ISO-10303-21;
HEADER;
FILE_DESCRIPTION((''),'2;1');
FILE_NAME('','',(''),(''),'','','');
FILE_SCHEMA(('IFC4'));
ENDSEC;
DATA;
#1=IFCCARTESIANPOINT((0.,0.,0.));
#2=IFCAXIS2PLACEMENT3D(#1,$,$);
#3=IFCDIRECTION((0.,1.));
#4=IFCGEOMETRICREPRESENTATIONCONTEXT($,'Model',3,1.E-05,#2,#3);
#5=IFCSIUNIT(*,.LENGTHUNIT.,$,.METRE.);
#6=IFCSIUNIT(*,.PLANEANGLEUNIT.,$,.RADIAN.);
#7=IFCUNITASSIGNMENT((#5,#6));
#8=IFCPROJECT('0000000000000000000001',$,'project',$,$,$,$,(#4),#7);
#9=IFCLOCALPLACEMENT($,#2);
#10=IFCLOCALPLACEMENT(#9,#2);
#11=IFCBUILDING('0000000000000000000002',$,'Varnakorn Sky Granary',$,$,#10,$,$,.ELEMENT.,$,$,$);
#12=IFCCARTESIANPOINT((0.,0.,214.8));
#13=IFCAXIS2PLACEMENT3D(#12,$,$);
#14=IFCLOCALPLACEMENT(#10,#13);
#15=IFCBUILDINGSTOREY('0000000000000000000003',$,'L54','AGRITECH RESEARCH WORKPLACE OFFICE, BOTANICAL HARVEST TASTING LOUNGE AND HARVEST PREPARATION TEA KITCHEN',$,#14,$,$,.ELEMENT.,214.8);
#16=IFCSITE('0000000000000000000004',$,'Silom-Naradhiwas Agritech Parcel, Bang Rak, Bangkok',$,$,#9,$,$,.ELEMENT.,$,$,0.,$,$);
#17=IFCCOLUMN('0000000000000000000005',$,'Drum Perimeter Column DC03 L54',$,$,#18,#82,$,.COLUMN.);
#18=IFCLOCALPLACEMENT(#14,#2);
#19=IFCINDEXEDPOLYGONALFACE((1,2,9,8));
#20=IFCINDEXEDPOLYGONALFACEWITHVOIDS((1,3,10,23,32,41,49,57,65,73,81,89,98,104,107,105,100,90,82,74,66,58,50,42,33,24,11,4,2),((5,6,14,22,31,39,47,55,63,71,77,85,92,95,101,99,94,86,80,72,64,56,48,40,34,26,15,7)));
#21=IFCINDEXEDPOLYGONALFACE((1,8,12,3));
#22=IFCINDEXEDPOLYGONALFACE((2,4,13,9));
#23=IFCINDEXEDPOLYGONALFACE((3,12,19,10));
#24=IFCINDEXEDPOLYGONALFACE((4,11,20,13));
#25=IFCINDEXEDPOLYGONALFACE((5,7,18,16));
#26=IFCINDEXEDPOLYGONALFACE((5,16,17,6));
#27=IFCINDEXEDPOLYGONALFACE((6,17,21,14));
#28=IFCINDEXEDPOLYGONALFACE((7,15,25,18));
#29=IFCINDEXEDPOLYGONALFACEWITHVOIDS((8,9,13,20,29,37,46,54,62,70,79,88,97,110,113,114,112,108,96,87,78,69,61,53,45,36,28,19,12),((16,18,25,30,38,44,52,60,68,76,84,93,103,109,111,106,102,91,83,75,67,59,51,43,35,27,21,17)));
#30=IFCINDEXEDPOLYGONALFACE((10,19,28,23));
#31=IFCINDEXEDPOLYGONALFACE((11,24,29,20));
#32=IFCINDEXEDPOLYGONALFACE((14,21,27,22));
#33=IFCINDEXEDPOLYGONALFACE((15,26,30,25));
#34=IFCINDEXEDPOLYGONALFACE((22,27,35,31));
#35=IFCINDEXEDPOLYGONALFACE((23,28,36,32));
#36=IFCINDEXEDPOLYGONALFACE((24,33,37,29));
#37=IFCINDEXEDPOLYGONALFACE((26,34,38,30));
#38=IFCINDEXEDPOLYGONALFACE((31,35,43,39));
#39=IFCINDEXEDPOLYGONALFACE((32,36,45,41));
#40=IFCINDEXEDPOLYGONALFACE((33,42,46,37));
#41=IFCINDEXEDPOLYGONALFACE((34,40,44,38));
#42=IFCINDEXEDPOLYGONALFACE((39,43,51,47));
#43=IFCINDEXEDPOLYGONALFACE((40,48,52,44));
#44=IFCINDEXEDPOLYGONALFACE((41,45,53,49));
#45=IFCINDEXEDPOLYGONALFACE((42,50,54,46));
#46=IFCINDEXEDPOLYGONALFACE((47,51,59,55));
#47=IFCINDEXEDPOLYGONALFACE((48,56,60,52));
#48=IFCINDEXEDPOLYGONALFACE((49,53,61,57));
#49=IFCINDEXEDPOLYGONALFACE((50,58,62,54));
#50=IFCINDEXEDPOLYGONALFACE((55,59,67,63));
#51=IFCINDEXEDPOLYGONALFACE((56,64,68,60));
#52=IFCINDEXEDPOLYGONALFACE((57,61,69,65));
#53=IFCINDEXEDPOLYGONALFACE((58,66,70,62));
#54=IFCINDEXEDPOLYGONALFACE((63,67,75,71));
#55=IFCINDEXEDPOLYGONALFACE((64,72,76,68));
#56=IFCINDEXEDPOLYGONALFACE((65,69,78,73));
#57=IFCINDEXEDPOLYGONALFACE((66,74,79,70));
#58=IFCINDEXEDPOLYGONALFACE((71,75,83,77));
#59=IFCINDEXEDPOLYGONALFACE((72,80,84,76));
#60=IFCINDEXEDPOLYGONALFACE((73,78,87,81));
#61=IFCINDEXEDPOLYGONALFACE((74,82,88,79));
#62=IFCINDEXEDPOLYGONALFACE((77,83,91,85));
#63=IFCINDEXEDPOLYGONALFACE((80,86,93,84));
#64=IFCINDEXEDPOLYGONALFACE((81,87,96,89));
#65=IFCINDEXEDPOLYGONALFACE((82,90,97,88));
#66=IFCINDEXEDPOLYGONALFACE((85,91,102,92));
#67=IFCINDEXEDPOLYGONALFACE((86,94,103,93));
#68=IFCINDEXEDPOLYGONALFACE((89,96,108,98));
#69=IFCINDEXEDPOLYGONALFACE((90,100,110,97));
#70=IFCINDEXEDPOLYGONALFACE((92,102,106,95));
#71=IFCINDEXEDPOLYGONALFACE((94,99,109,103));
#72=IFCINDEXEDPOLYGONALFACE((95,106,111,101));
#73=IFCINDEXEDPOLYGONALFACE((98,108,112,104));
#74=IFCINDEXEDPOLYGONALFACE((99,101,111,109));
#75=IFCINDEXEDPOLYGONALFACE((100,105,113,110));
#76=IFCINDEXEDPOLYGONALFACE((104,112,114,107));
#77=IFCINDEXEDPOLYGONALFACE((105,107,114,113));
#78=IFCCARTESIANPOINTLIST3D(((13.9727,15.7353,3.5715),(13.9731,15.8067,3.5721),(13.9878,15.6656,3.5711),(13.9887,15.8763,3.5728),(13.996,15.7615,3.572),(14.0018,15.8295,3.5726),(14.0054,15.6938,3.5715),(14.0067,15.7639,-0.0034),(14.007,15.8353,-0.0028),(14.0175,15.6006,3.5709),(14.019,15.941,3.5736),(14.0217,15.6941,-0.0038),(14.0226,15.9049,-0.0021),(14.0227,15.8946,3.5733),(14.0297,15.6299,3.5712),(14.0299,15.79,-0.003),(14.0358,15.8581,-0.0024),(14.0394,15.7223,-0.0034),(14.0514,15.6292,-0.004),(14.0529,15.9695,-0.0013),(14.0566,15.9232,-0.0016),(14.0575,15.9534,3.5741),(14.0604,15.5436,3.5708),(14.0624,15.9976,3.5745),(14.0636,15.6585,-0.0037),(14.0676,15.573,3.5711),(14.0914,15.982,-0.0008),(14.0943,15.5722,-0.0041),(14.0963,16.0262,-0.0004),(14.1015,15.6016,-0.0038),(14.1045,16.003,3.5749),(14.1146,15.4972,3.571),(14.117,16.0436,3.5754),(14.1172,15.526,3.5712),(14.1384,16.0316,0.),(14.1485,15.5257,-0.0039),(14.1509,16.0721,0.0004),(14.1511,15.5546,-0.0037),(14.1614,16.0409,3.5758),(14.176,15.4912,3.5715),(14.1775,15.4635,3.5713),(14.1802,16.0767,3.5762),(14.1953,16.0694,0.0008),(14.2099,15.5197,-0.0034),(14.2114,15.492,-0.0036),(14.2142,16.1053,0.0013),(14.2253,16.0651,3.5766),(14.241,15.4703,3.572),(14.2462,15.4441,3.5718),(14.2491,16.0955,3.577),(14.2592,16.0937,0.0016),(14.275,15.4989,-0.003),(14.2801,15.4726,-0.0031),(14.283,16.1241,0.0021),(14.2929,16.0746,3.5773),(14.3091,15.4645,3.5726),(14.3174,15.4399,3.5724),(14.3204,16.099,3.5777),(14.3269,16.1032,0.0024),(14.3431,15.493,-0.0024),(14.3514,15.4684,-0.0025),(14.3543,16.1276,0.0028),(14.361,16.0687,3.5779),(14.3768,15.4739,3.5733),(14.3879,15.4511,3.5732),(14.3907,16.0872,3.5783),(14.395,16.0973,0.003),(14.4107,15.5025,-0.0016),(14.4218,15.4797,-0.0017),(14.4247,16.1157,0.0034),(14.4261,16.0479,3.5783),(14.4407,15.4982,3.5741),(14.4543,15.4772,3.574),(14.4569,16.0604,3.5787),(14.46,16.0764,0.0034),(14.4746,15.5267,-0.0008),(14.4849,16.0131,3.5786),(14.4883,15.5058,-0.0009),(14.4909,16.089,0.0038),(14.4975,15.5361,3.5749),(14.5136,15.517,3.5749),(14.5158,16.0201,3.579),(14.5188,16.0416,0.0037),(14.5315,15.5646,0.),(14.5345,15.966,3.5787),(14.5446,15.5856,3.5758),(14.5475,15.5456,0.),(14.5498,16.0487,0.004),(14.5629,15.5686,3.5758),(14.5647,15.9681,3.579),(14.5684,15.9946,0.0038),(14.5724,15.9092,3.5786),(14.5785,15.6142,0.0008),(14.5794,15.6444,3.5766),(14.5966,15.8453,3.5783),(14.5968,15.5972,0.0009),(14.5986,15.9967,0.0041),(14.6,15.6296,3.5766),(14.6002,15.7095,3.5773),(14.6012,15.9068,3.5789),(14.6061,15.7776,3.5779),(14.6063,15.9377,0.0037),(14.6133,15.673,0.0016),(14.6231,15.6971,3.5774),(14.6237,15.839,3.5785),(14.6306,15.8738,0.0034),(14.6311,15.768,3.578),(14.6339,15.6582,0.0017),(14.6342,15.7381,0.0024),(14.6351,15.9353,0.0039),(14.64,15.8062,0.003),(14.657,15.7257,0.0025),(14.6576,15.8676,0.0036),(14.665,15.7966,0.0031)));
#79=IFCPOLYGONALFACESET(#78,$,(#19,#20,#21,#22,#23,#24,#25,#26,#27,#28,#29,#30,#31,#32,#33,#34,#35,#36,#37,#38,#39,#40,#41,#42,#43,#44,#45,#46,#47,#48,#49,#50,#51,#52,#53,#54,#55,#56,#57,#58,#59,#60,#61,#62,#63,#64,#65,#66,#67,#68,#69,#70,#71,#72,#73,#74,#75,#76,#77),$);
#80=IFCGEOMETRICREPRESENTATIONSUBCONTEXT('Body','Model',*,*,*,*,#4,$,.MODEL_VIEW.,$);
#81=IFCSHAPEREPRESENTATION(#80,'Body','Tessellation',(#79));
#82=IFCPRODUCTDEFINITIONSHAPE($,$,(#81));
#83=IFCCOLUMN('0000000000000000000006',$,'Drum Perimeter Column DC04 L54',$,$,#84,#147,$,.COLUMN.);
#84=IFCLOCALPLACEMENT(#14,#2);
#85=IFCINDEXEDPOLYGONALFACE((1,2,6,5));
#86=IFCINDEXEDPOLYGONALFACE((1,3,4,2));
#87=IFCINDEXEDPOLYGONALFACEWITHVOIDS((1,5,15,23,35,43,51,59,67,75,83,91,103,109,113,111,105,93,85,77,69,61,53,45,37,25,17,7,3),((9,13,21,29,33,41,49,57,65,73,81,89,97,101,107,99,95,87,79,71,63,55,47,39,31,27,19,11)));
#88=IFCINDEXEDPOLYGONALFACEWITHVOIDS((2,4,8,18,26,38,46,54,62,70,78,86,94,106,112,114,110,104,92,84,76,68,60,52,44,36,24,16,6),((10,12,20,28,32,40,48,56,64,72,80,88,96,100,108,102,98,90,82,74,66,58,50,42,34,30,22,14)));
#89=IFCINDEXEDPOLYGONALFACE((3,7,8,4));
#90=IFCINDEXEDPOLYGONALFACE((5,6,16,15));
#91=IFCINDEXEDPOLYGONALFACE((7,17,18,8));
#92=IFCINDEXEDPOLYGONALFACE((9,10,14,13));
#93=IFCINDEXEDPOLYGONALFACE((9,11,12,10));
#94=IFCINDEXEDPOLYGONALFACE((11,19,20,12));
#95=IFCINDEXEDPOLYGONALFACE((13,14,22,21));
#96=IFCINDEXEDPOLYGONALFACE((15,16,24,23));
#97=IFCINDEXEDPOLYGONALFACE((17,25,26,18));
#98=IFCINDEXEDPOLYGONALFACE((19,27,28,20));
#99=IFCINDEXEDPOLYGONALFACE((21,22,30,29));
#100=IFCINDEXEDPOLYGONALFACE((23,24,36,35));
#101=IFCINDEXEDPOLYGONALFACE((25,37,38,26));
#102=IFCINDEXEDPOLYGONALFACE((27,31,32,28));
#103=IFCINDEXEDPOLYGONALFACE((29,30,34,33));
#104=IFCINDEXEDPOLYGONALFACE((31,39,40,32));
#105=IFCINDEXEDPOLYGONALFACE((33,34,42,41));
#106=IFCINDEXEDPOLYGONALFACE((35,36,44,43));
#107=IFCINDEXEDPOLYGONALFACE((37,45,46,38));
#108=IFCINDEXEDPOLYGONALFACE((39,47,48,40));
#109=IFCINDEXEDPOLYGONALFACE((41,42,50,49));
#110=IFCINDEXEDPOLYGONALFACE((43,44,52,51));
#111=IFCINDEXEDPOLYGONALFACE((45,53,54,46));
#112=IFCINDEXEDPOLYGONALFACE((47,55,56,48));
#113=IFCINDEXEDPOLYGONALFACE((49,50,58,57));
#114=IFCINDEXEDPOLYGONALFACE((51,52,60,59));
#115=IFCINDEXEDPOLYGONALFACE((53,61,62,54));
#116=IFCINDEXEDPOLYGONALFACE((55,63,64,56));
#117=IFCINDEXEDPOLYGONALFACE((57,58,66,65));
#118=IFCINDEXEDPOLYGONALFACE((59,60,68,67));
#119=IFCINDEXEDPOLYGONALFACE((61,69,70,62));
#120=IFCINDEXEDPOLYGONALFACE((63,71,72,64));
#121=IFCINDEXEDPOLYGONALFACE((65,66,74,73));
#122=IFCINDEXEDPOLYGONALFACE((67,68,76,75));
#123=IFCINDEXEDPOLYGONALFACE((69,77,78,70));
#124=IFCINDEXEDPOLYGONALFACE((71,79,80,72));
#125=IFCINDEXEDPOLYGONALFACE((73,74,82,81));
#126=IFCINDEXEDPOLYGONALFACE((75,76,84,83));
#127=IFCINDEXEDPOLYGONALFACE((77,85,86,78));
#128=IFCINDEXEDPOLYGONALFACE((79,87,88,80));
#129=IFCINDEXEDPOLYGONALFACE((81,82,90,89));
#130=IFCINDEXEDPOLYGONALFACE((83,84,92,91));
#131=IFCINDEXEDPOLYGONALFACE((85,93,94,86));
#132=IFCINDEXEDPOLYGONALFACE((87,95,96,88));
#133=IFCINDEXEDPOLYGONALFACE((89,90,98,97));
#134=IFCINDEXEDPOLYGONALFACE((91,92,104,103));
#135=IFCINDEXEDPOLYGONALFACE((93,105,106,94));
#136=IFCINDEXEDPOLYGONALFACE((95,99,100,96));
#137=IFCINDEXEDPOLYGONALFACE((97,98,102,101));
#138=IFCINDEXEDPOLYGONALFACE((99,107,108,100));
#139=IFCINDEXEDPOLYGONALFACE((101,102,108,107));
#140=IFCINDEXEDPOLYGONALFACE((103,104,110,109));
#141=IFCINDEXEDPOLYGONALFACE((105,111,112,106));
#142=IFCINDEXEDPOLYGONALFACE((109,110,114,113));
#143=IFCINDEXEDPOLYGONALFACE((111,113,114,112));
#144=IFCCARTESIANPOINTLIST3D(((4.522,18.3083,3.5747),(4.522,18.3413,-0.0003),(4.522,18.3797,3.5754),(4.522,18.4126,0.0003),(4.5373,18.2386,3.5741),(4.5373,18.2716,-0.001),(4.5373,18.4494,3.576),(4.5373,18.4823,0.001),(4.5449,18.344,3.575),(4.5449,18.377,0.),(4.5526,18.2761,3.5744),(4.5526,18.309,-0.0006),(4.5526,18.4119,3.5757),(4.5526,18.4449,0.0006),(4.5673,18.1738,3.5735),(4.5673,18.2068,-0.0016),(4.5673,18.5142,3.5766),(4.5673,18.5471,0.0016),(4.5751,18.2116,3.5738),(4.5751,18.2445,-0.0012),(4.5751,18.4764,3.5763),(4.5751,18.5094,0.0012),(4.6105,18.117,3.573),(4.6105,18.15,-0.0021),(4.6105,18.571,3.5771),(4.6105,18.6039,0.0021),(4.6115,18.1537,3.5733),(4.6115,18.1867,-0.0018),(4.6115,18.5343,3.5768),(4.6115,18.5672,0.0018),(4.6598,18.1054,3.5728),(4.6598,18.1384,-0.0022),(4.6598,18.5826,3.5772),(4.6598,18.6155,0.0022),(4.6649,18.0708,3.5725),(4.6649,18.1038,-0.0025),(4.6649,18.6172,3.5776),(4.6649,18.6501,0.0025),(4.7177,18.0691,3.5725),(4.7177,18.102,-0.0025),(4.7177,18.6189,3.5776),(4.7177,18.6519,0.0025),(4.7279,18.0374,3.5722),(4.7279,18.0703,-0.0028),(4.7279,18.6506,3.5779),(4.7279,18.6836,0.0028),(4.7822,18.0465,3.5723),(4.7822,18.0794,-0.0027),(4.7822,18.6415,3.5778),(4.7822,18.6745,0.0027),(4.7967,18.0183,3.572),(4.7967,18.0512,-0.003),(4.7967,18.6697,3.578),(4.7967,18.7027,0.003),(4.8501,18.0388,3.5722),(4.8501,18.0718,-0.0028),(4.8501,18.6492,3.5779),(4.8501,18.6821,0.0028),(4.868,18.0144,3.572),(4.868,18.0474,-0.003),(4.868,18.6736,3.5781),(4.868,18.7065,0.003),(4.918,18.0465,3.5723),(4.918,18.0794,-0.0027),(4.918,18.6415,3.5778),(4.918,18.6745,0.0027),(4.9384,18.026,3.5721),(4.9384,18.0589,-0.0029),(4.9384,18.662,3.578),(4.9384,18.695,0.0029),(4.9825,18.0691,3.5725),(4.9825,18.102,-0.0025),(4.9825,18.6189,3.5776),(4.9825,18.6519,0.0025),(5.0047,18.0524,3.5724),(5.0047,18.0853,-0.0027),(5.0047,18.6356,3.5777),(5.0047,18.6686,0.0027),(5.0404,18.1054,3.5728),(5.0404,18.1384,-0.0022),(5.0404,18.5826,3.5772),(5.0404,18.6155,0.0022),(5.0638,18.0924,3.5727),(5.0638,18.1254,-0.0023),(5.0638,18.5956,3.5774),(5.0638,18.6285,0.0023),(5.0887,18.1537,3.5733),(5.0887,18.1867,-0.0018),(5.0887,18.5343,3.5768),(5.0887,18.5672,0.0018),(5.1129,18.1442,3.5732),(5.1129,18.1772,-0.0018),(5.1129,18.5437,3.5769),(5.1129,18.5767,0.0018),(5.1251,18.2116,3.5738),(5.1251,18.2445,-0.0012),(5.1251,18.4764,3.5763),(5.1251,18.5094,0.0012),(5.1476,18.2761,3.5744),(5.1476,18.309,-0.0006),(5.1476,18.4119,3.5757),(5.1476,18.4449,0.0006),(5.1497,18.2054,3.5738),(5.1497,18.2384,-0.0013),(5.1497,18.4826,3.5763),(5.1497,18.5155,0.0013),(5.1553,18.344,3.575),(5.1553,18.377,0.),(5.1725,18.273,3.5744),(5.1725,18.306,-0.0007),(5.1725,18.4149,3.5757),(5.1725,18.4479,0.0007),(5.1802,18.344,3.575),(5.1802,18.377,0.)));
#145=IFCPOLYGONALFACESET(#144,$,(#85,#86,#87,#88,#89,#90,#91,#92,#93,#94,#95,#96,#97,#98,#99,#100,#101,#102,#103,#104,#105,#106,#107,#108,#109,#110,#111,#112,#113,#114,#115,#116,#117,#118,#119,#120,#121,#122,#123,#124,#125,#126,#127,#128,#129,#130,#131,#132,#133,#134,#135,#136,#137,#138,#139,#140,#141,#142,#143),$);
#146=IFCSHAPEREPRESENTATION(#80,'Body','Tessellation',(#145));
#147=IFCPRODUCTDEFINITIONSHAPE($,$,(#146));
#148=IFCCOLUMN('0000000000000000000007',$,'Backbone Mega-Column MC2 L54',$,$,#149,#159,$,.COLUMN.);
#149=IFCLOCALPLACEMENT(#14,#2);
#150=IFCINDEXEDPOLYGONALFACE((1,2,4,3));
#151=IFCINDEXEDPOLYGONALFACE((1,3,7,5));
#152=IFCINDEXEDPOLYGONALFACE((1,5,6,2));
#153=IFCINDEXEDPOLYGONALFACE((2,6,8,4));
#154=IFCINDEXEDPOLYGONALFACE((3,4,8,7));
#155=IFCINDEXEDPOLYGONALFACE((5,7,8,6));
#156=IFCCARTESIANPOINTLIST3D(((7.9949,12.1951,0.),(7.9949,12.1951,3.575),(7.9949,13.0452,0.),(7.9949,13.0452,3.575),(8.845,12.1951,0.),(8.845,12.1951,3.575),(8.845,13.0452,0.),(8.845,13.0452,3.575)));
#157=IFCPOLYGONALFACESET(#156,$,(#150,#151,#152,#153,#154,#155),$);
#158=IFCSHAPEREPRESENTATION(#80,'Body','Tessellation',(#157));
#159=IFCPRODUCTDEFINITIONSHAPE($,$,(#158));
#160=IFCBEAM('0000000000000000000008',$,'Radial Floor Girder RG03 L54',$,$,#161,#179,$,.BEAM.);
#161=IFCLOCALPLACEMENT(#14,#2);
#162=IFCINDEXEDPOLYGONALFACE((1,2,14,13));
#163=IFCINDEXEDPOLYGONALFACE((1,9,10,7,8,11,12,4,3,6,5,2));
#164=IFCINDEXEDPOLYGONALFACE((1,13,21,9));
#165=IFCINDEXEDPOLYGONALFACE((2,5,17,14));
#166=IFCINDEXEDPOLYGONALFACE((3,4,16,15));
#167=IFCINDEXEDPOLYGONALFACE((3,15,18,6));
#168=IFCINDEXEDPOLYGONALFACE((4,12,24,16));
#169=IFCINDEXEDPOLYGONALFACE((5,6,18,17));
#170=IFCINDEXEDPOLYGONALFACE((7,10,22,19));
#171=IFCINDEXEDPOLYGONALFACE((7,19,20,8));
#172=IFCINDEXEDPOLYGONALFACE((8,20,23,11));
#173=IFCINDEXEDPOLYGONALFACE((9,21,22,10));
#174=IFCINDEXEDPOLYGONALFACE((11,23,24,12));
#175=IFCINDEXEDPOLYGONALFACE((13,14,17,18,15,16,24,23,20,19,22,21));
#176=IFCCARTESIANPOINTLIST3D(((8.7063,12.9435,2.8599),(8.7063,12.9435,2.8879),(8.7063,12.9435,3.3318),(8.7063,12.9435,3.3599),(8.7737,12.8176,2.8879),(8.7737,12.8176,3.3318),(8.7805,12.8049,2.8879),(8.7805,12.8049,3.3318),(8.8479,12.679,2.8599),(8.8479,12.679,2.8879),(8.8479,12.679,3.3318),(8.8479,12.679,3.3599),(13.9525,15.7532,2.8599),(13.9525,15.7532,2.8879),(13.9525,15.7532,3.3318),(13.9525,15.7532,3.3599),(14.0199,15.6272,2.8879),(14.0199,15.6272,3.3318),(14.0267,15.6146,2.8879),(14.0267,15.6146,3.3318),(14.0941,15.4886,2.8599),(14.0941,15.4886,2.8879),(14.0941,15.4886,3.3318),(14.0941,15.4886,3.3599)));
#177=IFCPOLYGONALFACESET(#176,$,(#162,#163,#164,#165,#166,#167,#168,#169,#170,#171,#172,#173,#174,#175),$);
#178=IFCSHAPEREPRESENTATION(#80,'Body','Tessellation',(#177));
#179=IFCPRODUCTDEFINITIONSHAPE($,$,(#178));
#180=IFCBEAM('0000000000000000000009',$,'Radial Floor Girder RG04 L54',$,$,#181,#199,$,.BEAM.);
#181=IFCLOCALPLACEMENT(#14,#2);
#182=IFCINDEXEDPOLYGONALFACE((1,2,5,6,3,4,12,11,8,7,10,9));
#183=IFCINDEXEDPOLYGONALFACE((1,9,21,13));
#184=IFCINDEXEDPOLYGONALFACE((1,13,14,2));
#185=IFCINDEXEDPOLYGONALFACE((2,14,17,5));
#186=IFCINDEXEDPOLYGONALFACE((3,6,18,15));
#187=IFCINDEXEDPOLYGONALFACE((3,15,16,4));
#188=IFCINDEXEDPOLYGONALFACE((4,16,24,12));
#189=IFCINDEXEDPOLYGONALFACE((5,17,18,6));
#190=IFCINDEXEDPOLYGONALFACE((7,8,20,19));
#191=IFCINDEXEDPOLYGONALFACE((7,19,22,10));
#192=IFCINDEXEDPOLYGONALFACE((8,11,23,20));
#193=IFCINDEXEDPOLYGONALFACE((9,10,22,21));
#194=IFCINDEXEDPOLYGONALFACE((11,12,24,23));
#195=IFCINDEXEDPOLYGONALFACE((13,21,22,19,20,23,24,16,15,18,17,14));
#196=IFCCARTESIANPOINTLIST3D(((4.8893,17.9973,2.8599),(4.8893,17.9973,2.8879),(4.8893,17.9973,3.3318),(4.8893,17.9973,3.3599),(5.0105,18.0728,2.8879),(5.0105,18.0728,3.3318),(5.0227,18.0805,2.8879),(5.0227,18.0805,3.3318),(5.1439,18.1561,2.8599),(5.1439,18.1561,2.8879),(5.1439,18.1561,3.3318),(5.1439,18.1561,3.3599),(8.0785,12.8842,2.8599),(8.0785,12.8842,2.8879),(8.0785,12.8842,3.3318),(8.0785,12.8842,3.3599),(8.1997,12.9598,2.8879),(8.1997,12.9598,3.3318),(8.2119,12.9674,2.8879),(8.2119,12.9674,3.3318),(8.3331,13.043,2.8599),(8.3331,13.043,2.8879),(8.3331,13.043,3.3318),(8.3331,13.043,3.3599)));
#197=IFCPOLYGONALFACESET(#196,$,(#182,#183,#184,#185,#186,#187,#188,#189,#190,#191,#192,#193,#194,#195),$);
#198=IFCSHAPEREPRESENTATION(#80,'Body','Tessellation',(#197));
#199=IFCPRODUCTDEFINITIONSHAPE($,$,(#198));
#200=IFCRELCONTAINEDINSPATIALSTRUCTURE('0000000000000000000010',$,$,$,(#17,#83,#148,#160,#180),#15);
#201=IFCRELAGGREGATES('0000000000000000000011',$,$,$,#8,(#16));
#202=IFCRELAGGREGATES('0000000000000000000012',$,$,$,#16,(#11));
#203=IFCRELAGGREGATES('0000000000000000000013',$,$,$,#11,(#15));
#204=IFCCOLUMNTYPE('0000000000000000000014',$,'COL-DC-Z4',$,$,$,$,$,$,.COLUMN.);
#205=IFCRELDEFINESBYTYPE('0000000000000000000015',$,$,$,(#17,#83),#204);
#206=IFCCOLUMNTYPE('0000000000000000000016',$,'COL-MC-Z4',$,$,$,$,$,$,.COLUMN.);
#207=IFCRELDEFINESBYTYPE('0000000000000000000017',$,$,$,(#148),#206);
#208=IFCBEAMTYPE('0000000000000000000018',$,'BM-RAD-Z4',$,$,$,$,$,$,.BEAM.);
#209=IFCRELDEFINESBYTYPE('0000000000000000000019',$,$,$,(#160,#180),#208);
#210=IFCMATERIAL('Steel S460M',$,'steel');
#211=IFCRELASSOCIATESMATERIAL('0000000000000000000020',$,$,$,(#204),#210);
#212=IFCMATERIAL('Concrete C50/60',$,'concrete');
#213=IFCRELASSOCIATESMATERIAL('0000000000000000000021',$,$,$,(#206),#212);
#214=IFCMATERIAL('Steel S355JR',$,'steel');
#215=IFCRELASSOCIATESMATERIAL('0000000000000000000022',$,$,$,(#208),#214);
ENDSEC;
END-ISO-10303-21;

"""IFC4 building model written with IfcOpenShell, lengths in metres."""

from ifc_helpers import new_model, si_unit, direction, frame, origin, origin_2d, place, context, subcontext, project, spatial, rectangle, hollow_circle, i_section, extrude, material, material_profile, profile_set, type_object, element, save


model = new_model("IFC4")

# Units and contexts
model_context = context("Model", 3, precision=1e-05, world=origin(), true_north=direction((0.0, 1.0)))
body_context = subcontext(model_context, "Body", "Model", "MODEL_VIEW")
ifc_project = project(units=[si_unit("LENGTHUNIT", "METRE"), si_unit("PLANEANGLEUNIT", "RADIAN")], contexts=[model_context])

# Site, building, storey
site_placement = place(None, origin())
site = spatial("IfcSite", under=ifc_project, at=site_placement, Name="Silom-Naradhiwas Agritech Parcel, Bang Rak, Bangkok", CompositionType="ELEMENT", RefElevation=0.0)
building_placement = place(site_placement, origin())
building = spatial("IfcBuilding", under=site, at=building_placement, Name="Varnakorn Sky Granary", CompositionType="ELEMENT")
storey_placement = place(building_placement, frame((0.0, 0.0, 214.8)))
storey = spatial("IfcBuildingStorey", under=building, at=storey_placement, Name="L54", Description="AGRITECH RESEARCH WORKPLACE OFFICE, BOTANICAL HARVEST TASTING LOUNGE AND HARVEST PREPARATION TEA KITCHEN", CompositionType="ELEMENT", Elevation=214.8)

# Columns
ifc_material_1 = material(Name="Steel S460M", Category="steel")
ifc_material_profile_1 = material_profile(ifc_material_1, hollow_circle(Radius=0.3301, WallThickness=0.0249, at=origin_2d()), Name="CHS 660x25")
ifc_profile_set_1 = profile_set([ifc_material_profile_1], Name="Steel S460M")
column_type_1 = type_object("IfcColumnType", Name="COL-DC-Z4", PredefinedType="COLUMN", material=ifc_profile_set_1)
for number, where, z_axis, x_axis, name in (
    (1, (14.335, 15.7981, 0.0), (-0.009492, -0.00799, 0.999923), (0.643966, -0.765054, 0.0), "Drum Perimeter Column DC03 L54"),
    (2, (4.8501, 18.377, 0.0), (0.0, -0.009219, 0.999958), (1.0, 0.0, 0.0), "Drum Perimeter Column DC04 L54"),
):
    element("IfcColumn", number, at=place(storey_placement, frame(where, z_axis=z_axis, x_axis=x_axis)), inside=storey, type_object=column_type_1, Name=name, PredefinedType="COLUMN", context=body_context, shape_type="SweptSolid", body=[
        extrude(hollow_circle(Radius=0.3301, WallThickness=0.0249, at=origin_2d()), origin(), (0.0, 0.0, 1.0), 3.5752),
    ])
ifc_material_2 = material(Name="Concrete C50/60", Category="concrete")
ifc_material_profile_2 = material_profile(ifc_material_2, rectangle(XDim=0.8501, YDim=0.8501, at=origin_2d()), Name="RC 850x850")
ifc_profile_set_2 = profile_set([ifc_material_profile_2], Name="Concrete C50/60")
column_type_2 = type_object("IfcColumnType", Name="COL-MC-Z4", PredefinedType="COLUMN", material=ifc_profile_set_2)
column_placement = place(storey_placement, frame((8.4199, 12.6201, 0.0), z_axis=(0.0, 0.0, 1.0), x_axis=(1.0, 0.0, 0.0)))
element("IfcColumn", 3, at=column_placement, inside=storey, type_object=column_type_2, Name="Backbone Mega-Column MC2 L54", PredefinedType="COLUMN", context=body_context, shape_type="SweptSolid", body=[
    extrude(rectangle(XDim=0.8501, YDim=0.8501, at=origin_2d()), origin(), (0.0, 0.0, 1.0), 3.575),
])

# Beams
ifc_material_3 = material(Name="Steel S355JR", Category="steel")
ifc_material_profile_3 = material_profile(ifc_material_3, i_section(OverallWidth=0.3, OverallDepth=0.5, WebThickness=0.0144, FlangeThickness=0.0281, at=origin_2d()), Name="HE 500 B")
ifc_profile_set_3 = profile_set([ifc_material_profile_3], Name="Steel S355JR")
beam_type_1 = type_object("IfcBeamType", Name="BM-RAD-Z4", PredefinedType="BEAM", material=ifc_profile_set_3)
beam_1_placement = place(storey_placement, frame((8.7771, 12.8113, 3.1099), z_axis=(0.881539, 0.472112, 0.0), x_axis=(-0.472112, 0.881539, 0.0)))
element("IfcBeam", 4, at=beam_1_placement, inside=storey, type_object=beam_type_1, Name="Radial Floor Girder RG03 L54", PredefinedType="BEAM", context=body_context, shape_type="SweptSolid", body=[
    extrude(i_section(OverallWidth=0.3, OverallDepth=0.5, WebThickness=0.0144, FlangeThickness=0.0281, at=origin_2d()), origin(), (0.0, 0.0, 1.0), 5.9512),
])
beam_2_placement = place(storey_placement, frame((8.2058, 12.9636, 3.1099), z_axis=(-0.52923, 0.848478, 0.0), x_axis=(-0.848478, -0.52923, 0.0)))
element("IfcBeam", 5, at=beam_2_placement, inside=storey, type_object=beam_type_1, Name="Radial Floor Girder RG04 L54", PredefinedType="BEAM", context=body_context, shape_type="SweptSolid", body=[
    extrude(i_section(OverallWidth=0.3, OverallDepth=0.5, WebThickness=0.0144, FlangeThickness=0.0281, at=origin_2d()), origin(), (0.0, 0.0, 1.0), 6.0261),
])

save(model, "model.ifc")
